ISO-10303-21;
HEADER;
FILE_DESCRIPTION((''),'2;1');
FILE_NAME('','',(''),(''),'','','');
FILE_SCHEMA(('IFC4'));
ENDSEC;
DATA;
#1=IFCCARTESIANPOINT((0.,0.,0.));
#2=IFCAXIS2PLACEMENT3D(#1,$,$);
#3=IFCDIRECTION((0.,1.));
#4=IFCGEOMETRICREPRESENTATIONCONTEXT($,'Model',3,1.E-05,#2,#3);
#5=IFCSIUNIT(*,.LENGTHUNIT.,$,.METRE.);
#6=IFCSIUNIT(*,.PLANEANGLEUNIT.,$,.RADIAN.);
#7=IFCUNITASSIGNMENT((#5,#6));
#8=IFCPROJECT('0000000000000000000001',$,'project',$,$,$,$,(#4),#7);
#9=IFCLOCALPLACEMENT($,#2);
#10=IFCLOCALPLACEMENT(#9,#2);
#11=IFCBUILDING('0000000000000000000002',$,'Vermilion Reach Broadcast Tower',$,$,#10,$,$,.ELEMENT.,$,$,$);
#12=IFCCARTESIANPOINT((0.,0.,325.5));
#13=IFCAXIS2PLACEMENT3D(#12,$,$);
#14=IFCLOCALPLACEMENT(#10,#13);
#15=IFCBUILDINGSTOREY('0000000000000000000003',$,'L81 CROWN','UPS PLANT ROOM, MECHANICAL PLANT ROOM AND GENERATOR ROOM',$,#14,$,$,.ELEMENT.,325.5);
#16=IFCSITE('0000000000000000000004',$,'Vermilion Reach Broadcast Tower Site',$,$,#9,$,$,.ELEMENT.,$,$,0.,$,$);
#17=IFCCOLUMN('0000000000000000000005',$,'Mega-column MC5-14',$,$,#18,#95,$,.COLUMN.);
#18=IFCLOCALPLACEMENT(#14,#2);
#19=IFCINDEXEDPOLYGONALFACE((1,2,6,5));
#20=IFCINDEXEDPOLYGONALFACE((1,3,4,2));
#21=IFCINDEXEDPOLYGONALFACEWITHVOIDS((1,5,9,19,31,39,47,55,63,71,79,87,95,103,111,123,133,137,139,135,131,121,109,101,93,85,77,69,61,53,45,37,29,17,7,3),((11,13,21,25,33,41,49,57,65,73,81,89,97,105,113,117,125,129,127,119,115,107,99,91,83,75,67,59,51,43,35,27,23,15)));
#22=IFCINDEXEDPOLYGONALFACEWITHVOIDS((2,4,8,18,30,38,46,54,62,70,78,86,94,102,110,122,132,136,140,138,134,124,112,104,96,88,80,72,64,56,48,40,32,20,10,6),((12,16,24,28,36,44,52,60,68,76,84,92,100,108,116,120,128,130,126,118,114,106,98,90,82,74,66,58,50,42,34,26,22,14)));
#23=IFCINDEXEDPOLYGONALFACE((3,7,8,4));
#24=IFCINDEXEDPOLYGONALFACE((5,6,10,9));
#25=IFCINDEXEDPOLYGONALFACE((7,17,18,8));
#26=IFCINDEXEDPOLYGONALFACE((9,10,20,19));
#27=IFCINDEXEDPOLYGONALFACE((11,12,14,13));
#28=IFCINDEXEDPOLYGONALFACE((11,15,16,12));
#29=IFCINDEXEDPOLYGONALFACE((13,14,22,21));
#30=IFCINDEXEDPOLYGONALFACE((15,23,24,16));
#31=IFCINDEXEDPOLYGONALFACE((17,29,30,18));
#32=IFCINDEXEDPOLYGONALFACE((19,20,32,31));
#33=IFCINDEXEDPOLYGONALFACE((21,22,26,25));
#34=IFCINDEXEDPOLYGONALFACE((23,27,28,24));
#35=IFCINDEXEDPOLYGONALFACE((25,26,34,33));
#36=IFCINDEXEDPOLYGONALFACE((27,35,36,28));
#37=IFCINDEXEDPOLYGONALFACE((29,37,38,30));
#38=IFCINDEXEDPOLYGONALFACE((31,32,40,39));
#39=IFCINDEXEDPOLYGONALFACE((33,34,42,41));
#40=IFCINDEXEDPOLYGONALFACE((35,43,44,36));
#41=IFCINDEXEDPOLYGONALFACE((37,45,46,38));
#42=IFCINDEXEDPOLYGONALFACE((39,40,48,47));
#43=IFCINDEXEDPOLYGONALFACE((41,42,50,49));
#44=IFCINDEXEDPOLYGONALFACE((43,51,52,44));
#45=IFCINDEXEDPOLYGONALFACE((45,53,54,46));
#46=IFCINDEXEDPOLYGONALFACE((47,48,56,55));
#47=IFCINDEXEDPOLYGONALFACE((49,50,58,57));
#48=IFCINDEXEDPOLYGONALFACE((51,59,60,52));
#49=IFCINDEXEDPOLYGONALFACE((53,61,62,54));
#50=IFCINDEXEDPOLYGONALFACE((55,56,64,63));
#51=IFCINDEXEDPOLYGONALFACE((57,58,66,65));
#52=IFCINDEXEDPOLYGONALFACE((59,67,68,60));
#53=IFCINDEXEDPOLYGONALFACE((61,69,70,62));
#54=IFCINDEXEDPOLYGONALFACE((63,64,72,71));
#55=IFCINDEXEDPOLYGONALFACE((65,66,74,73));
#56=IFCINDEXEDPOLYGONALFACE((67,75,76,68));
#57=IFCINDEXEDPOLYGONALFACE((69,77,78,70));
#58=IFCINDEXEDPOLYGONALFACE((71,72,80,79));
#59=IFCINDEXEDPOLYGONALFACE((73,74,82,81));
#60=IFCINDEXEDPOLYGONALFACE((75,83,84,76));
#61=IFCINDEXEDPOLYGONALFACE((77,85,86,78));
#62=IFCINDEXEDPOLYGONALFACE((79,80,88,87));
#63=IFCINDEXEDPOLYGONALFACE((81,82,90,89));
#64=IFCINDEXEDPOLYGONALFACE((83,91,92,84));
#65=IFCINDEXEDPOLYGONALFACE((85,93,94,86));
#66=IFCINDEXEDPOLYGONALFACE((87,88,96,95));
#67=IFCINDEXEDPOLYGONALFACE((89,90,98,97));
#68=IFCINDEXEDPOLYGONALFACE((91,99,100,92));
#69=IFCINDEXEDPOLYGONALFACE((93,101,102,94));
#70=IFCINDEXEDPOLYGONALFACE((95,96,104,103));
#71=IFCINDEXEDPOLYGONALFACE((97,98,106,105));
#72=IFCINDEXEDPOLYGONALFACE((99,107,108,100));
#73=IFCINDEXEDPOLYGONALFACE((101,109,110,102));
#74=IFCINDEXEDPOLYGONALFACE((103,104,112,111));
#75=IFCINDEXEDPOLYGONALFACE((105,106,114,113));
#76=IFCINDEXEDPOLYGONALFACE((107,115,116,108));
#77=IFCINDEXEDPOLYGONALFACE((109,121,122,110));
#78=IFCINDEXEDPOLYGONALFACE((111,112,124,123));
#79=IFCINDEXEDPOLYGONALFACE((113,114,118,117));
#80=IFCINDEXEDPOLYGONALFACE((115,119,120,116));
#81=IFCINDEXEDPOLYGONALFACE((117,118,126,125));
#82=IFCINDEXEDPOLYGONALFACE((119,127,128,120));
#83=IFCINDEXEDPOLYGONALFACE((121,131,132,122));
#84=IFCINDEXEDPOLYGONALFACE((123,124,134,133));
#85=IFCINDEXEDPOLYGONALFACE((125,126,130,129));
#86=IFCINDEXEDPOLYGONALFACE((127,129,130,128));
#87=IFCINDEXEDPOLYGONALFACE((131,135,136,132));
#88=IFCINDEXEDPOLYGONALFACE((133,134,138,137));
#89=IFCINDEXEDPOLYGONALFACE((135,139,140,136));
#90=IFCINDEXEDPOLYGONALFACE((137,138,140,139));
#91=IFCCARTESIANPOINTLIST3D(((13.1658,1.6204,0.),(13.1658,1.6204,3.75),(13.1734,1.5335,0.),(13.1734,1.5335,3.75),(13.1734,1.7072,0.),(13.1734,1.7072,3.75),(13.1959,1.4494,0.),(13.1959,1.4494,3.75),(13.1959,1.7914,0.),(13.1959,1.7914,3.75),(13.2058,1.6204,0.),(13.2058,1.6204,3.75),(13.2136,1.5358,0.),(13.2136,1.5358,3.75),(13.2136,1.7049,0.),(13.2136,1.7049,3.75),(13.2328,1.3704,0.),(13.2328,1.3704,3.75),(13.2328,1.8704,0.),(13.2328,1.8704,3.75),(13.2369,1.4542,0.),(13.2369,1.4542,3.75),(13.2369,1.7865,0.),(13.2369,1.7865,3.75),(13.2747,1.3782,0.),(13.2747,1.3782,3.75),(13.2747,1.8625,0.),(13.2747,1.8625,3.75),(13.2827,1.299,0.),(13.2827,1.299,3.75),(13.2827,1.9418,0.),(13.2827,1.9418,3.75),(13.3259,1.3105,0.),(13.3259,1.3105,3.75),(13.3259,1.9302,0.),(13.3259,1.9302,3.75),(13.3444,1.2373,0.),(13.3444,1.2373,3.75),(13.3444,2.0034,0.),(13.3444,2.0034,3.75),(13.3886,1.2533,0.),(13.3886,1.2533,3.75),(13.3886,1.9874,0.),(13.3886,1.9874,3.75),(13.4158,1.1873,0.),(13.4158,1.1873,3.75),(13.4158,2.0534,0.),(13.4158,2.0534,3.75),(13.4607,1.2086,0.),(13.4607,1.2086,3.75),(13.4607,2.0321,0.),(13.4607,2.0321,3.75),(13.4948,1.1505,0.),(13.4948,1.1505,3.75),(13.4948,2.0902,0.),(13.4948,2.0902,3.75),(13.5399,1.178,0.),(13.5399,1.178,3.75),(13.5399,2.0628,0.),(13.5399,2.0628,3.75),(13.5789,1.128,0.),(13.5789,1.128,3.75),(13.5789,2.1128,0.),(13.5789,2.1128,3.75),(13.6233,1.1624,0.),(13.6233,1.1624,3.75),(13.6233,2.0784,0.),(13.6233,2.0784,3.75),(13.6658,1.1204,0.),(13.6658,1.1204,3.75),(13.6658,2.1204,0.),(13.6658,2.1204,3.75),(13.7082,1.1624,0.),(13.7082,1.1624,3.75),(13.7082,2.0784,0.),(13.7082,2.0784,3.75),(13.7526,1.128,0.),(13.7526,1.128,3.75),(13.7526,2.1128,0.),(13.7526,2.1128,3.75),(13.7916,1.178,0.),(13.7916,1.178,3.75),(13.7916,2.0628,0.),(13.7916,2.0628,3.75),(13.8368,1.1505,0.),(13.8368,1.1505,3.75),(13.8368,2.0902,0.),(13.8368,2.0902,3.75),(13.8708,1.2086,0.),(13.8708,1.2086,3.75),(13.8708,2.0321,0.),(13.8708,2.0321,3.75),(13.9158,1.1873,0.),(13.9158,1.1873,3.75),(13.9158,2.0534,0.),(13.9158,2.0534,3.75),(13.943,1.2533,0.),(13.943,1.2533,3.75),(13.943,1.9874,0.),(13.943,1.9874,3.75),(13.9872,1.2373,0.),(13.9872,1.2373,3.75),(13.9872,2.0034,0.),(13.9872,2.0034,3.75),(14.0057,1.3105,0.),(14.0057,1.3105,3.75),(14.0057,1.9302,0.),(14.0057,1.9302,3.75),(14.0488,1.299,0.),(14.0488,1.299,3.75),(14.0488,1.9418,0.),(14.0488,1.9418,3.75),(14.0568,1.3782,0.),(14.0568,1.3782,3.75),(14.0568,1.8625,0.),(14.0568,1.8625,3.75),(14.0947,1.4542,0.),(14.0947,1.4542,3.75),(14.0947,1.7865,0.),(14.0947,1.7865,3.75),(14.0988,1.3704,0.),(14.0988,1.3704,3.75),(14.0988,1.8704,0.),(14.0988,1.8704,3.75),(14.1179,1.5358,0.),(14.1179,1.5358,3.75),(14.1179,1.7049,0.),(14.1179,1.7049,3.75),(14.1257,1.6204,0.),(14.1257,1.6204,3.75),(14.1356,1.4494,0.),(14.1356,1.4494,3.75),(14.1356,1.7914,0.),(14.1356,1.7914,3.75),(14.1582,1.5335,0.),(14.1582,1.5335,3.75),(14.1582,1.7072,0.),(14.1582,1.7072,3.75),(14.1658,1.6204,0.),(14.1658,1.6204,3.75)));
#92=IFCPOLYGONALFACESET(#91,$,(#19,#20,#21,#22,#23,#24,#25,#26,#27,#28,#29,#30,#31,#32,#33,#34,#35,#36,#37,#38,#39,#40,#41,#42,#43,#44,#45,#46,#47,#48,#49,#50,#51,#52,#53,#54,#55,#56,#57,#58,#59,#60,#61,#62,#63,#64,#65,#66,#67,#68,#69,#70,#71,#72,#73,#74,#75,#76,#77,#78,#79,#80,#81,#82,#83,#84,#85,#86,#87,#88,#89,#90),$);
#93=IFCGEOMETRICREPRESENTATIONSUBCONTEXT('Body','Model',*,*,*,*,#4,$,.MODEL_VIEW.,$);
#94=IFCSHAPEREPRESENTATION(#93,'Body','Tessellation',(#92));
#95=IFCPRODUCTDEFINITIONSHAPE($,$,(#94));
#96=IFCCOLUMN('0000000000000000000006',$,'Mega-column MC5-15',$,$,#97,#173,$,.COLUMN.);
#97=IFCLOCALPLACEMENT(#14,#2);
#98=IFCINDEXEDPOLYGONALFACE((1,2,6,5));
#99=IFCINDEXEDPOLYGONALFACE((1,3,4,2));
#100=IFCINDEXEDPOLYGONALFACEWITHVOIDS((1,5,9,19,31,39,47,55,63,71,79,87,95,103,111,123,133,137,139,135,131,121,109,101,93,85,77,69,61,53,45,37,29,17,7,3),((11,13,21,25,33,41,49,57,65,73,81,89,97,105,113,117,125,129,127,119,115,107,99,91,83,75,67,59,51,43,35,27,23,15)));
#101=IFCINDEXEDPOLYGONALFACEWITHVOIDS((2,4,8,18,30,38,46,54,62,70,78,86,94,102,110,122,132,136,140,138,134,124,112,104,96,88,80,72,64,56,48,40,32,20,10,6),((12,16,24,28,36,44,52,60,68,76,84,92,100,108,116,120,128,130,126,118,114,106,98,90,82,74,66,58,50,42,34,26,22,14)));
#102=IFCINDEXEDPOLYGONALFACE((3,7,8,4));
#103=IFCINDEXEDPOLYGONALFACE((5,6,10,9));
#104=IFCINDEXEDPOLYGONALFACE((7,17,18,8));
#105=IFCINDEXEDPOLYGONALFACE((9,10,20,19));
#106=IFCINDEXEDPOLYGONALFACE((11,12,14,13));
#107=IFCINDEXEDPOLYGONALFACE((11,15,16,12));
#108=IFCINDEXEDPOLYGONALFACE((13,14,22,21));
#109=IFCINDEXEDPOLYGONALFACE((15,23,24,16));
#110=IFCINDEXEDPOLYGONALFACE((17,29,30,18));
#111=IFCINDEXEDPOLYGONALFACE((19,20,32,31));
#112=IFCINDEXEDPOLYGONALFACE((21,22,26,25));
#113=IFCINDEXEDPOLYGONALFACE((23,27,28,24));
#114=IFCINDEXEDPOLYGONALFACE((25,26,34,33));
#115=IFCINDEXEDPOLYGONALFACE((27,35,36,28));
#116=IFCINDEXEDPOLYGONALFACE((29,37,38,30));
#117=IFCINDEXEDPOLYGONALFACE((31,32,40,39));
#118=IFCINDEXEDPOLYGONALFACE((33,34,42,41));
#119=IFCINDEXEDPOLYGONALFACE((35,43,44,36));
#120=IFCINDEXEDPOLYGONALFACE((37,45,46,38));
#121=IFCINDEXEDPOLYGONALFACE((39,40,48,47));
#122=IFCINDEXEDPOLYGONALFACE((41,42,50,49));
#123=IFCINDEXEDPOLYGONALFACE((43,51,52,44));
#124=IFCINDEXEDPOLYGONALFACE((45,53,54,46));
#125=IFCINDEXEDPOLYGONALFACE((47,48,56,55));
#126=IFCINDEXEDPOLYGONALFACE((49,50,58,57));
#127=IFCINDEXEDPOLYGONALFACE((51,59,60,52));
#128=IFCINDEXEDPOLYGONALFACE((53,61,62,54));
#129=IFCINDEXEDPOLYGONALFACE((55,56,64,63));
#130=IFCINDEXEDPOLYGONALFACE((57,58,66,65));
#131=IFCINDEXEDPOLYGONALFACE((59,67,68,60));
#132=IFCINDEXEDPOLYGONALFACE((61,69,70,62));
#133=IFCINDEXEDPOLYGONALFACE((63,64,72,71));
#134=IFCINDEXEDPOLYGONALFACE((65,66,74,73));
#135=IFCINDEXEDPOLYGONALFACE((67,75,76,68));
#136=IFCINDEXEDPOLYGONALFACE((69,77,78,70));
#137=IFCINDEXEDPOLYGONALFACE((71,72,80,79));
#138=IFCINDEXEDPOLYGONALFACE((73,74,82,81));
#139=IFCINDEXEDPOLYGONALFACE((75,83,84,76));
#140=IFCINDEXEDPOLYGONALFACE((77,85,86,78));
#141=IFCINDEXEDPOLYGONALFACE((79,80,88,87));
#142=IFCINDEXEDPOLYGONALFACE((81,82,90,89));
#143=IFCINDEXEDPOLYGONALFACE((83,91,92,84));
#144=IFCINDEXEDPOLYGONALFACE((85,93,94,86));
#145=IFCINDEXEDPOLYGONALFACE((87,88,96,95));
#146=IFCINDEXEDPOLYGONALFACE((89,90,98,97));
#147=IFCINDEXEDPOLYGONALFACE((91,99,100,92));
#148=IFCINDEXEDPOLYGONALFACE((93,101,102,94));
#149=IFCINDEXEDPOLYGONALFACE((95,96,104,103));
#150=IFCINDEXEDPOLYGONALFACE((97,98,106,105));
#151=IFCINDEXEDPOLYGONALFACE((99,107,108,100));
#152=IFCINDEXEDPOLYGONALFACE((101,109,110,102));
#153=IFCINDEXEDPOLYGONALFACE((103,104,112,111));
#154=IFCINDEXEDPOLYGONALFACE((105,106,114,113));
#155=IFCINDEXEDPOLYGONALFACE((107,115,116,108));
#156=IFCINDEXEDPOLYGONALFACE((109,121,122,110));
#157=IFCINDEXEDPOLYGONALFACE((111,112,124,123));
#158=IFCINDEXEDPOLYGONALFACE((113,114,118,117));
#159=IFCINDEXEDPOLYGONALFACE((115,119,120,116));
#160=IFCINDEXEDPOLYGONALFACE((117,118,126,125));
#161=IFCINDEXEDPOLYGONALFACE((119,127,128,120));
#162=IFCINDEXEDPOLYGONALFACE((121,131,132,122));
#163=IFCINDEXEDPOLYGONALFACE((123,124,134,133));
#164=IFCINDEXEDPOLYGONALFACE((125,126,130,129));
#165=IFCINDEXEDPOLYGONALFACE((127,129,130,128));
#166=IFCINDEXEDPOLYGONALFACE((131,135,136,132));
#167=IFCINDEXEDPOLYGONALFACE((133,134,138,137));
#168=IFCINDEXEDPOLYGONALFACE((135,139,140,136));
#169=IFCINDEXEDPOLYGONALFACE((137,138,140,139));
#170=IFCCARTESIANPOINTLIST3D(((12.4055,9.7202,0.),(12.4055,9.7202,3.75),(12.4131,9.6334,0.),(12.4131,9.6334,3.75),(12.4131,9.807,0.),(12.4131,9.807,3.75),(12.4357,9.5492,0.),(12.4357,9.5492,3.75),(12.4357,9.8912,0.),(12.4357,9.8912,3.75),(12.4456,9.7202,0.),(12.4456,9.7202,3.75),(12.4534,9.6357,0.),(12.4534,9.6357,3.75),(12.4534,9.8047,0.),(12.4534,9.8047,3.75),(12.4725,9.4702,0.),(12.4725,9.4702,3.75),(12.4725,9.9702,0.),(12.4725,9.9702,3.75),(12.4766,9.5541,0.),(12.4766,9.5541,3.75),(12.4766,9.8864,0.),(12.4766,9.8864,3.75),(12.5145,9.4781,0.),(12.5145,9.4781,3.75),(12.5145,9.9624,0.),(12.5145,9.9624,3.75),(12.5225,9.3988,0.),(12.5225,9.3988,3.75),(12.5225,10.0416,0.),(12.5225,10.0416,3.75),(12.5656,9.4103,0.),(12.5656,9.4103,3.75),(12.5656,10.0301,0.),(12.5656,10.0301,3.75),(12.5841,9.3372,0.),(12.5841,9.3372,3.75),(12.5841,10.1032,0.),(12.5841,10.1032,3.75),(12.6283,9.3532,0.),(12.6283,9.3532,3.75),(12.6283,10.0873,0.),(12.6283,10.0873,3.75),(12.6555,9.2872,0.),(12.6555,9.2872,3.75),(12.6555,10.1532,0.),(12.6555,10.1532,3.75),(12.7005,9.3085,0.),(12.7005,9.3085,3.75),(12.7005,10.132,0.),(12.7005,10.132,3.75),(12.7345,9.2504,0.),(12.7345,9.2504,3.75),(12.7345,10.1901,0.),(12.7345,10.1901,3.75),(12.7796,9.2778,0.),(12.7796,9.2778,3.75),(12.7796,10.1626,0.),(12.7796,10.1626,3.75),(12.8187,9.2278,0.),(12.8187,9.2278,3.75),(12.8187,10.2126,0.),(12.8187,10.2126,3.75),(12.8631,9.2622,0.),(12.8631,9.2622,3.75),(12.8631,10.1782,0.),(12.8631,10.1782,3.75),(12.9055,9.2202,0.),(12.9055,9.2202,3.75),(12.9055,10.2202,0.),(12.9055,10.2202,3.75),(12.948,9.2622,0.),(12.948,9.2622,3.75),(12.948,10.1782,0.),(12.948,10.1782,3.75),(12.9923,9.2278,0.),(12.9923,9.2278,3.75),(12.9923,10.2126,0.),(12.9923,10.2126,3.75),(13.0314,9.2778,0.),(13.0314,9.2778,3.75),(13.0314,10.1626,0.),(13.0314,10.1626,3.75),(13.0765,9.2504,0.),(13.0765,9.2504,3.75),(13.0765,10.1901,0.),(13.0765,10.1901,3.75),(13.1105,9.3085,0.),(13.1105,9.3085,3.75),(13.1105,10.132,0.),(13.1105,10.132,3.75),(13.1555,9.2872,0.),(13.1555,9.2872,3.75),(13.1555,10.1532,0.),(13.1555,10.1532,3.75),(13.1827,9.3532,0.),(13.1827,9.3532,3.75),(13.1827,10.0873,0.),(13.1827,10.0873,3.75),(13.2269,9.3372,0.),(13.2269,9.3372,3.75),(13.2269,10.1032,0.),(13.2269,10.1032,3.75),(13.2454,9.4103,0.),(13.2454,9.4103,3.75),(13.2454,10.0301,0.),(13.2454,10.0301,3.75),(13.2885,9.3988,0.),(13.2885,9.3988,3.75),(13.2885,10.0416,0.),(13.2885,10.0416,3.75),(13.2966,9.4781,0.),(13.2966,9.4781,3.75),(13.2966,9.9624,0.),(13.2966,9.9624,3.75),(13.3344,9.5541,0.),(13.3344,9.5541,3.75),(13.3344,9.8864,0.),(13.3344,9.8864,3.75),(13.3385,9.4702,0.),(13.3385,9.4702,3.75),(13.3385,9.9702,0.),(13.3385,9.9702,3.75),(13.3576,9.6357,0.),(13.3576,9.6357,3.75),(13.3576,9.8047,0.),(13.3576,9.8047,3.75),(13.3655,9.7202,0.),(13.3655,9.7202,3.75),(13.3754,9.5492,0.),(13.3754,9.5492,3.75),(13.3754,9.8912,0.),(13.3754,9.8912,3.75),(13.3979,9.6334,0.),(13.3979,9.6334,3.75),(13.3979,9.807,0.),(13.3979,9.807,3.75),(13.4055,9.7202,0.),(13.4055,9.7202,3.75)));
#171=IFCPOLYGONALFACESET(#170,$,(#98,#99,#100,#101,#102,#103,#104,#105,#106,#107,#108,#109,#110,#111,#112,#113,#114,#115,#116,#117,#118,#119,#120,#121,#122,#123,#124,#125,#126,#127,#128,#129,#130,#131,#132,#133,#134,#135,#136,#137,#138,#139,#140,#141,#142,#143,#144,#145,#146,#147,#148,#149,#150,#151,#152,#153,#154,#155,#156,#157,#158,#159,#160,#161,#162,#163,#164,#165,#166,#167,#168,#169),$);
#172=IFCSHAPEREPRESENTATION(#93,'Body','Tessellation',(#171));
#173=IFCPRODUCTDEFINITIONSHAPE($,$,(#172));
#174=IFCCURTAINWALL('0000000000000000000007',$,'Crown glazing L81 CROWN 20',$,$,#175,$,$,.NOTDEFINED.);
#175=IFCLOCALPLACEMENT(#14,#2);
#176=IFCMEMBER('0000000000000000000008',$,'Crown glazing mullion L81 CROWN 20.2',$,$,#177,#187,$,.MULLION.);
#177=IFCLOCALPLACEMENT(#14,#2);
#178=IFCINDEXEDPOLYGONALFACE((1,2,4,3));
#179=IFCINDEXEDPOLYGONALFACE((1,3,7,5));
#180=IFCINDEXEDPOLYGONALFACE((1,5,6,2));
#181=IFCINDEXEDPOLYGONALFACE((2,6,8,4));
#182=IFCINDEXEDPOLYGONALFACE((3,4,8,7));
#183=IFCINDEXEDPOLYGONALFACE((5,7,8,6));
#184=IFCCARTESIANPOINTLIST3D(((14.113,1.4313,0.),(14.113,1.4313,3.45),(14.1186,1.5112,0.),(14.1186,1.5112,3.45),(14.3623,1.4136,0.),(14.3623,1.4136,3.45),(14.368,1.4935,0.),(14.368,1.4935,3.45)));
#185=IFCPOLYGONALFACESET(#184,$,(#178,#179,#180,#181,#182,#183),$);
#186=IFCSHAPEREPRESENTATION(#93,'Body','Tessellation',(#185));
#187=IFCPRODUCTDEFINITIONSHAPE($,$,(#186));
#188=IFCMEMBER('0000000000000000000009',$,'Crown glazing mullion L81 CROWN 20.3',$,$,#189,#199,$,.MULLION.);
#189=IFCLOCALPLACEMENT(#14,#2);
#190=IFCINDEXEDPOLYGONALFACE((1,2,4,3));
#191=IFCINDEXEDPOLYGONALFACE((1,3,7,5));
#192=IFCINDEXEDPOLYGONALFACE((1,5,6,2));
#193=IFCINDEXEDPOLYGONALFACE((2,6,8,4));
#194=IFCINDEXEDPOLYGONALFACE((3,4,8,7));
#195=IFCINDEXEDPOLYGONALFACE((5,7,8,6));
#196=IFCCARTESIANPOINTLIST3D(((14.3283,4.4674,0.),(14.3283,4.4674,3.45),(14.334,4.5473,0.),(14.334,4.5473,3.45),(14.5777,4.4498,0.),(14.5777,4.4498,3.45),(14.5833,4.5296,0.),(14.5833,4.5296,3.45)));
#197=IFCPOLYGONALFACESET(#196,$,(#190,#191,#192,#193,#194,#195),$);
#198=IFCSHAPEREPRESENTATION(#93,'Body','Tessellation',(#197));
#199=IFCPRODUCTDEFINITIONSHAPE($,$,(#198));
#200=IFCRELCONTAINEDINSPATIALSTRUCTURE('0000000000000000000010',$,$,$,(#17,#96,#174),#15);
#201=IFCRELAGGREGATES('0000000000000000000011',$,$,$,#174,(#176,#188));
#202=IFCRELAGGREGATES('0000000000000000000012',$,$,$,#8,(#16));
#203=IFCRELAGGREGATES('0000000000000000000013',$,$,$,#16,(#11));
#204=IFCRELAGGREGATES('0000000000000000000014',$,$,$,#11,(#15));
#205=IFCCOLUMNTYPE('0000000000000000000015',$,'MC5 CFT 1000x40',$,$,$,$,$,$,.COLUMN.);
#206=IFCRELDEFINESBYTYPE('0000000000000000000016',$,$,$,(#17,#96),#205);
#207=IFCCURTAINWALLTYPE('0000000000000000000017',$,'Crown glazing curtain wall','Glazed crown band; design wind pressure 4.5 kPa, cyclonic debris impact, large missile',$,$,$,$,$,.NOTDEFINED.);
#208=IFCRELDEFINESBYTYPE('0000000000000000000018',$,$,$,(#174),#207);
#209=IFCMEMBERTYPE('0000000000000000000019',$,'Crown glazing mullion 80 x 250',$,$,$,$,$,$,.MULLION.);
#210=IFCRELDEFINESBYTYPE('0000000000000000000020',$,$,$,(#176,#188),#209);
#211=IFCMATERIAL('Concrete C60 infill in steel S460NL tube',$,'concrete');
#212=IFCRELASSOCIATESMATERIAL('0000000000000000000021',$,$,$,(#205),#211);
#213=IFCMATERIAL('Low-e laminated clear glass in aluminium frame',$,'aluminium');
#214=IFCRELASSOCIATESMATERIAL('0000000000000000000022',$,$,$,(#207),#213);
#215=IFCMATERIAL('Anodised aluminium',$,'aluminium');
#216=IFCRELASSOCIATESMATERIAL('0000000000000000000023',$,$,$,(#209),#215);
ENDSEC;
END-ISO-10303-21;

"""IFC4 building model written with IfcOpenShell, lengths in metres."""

from ifc_helpers import new_model, si_unit, direction, frame, origin, origin_2d, place, context, subcontext, project, spatial, rectangle, hollow_circle, extrude, material, material_profile, profile_set, type_object, element, aggregate, save


model = new_model("IFC4")

# Units and contexts
model_context = context("Model", 3, precision=1e-05, world=origin(), true_north=direction((0.0, 1.0)))
body_context = subcontext(model_context, "Body", "Model", "MODEL_VIEW")
ifc_project = project(units=[si_unit("LENGTHUNIT", "METRE"), si_unit("PLANEANGLEUNIT", "RADIAN")], contexts=[model_context])

# Site, building, storey
site_placement = place(None, origin())
site = spatial("IfcSite", under=ifc_project, at=site_placement, Name="Vermilion Reach Broadcast Tower Site", CompositionType="ELEMENT", RefElevation=0.0)
building_placement = place(site_placement, origin())
building = spatial("IfcBuilding", under=site, at=building_placement, Name="Vermilion Reach Broadcast Tower", CompositionType="ELEMENT")
storey_placement = place(building_placement, frame((0.0, 0.0, 325.5)))
storey = spatial("IfcBuildingStorey", under=building, at=storey_placement, Name="L81 CROWN", Description="UPS PLANT ROOM, MECHANICAL PLANT ROOM AND GENERATOR ROOM", CompositionType="ELEMENT", Elevation=325.5)

# Columns
ifc_material_1 = material(Name="Concrete C60 infill in steel S460NL tube", Category="concrete")
ifc_material_profile_1 = material_profile(ifc_material_1, hollow_circle(Radius=0.5, WallThickness=0.04, at=origin_2d()), Name="Concrete C60 infill in steel S460NL tube CFT 1000x40")
ifc_profile_set_1 = profile_set([ifc_material_profile_1], Name="Concrete C60 infill in steel S460NL tube")
column_type = type_object("IfcColumnType", Name="MC5 CFT 1000x40", PredefinedType="COLUMN", material=ifc_profile_set_1)
for number, where, z_axis, x_axis, name in (
    (1, (13.6658, 1.6204, 0.0), (0.0, 0.0, 1.0), (1.0, 0.0, 0.0), "Mega-column MC5-14"),
    (2, (12.9055, 9.7202, 0.0), (0.0, 0.0, 1.0), (1.0, 0.0, 0.0), "Mega-column MC5-15"),
):
    element("IfcColumn", number, at=place(storey_placement, frame(where, z_axis=z_axis, x_axis=x_axis)), inside=storey, type_object=column_type, Name=name, PredefinedType="COLUMN", context=body_context, shape_type="SweptSolid", body=[
        extrude(hollow_circle(Radius=0.5, WallThickness=0.04, at=origin_2d()), origin(), (0.0, 0.0, 1.0), 3.75),
    ])

# Curtain wall, members
ifc_material_2 = material(Name="Low-e laminated clear glass in aluminium frame", Category="aluminium")
curtain_wall_type = type_object("IfcCurtainWallType", Name="Crown glazing curtain wall", Description="Glazed crown band; design wind pressure 4.5 kPa, cyclonic debris impact, large missile", PredefinedType="NOTDEFINED", material=ifc_material_2)
placement = place(storey_placement, origin())
curtain_wall_1 = element("IfcCurtainWall", 3, at=placement, inside=storey, type_object=curtain_wall_type, Name="Crown glazing L81 CROWN 20", PredefinedType="NOTDEFINED")
ifc_material_3 = material(Name="Anodised aluminium", Category="aluminium")
ifc_material_profile_2 = material_profile(ifc_material_3, rectangle(XDim=0.25, YDim=0.0801, at=origin_2d()), Name="Crown glazing mullion 80 x 250")
ifc_profile_set_2 = profile_set([ifc_material_profile_2], Name="Anodised aluminium")
member_type_1 = type_object("IfcMemberType", Name="Crown glazing mullion 80 x 250", PredefinedType="MULLION", material=ifc_profile_set_2)
member_1_placement = place(storey_placement, frame((14.2405, 1.4624, 0.0), z_axis=(0.0, 0.0, 1.0), x_axis=(-0.9975, 0.070673, 0.0)))
member_1 = element("IfcMember", 4, at=member_1_placement, type_object=member_type_1, Name="Crown glazing mullion L81 CROWN 20.2", PredefinedType="MULLION", context=body_context, shape_type="SweptSolid", body=[
    extrude(rectangle(XDim=0.25, YDim=0.0801, at=origin_2d()), origin(), (0.0, 0.0, 1.0), 3.45),
])
member_2_placement = place(storey_placement, frame((14.4558, 4.4985, 0.0), z_axis=(0.0, 0.0, 1.0), x_axis=(-0.9975, 0.070673, 0.0)))
member_2 = element("IfcMember", 5, at=member_2_placement, type_object=member_type_1, Name="Crown glazing mullion L81 CROWN 20.3", PredefinedType="MULLION", context=body_context, shape_type="SweptSolid", body=[
    extrude(rectangle(XDim=0.25, YDim=0.0801, at=origin_2d()), origin(), (0.0, 0.0, 1.0), 3.45),
])

aggregate(curtain_wall_1, [member_1, member_2])

save(model, "model.ifc")
